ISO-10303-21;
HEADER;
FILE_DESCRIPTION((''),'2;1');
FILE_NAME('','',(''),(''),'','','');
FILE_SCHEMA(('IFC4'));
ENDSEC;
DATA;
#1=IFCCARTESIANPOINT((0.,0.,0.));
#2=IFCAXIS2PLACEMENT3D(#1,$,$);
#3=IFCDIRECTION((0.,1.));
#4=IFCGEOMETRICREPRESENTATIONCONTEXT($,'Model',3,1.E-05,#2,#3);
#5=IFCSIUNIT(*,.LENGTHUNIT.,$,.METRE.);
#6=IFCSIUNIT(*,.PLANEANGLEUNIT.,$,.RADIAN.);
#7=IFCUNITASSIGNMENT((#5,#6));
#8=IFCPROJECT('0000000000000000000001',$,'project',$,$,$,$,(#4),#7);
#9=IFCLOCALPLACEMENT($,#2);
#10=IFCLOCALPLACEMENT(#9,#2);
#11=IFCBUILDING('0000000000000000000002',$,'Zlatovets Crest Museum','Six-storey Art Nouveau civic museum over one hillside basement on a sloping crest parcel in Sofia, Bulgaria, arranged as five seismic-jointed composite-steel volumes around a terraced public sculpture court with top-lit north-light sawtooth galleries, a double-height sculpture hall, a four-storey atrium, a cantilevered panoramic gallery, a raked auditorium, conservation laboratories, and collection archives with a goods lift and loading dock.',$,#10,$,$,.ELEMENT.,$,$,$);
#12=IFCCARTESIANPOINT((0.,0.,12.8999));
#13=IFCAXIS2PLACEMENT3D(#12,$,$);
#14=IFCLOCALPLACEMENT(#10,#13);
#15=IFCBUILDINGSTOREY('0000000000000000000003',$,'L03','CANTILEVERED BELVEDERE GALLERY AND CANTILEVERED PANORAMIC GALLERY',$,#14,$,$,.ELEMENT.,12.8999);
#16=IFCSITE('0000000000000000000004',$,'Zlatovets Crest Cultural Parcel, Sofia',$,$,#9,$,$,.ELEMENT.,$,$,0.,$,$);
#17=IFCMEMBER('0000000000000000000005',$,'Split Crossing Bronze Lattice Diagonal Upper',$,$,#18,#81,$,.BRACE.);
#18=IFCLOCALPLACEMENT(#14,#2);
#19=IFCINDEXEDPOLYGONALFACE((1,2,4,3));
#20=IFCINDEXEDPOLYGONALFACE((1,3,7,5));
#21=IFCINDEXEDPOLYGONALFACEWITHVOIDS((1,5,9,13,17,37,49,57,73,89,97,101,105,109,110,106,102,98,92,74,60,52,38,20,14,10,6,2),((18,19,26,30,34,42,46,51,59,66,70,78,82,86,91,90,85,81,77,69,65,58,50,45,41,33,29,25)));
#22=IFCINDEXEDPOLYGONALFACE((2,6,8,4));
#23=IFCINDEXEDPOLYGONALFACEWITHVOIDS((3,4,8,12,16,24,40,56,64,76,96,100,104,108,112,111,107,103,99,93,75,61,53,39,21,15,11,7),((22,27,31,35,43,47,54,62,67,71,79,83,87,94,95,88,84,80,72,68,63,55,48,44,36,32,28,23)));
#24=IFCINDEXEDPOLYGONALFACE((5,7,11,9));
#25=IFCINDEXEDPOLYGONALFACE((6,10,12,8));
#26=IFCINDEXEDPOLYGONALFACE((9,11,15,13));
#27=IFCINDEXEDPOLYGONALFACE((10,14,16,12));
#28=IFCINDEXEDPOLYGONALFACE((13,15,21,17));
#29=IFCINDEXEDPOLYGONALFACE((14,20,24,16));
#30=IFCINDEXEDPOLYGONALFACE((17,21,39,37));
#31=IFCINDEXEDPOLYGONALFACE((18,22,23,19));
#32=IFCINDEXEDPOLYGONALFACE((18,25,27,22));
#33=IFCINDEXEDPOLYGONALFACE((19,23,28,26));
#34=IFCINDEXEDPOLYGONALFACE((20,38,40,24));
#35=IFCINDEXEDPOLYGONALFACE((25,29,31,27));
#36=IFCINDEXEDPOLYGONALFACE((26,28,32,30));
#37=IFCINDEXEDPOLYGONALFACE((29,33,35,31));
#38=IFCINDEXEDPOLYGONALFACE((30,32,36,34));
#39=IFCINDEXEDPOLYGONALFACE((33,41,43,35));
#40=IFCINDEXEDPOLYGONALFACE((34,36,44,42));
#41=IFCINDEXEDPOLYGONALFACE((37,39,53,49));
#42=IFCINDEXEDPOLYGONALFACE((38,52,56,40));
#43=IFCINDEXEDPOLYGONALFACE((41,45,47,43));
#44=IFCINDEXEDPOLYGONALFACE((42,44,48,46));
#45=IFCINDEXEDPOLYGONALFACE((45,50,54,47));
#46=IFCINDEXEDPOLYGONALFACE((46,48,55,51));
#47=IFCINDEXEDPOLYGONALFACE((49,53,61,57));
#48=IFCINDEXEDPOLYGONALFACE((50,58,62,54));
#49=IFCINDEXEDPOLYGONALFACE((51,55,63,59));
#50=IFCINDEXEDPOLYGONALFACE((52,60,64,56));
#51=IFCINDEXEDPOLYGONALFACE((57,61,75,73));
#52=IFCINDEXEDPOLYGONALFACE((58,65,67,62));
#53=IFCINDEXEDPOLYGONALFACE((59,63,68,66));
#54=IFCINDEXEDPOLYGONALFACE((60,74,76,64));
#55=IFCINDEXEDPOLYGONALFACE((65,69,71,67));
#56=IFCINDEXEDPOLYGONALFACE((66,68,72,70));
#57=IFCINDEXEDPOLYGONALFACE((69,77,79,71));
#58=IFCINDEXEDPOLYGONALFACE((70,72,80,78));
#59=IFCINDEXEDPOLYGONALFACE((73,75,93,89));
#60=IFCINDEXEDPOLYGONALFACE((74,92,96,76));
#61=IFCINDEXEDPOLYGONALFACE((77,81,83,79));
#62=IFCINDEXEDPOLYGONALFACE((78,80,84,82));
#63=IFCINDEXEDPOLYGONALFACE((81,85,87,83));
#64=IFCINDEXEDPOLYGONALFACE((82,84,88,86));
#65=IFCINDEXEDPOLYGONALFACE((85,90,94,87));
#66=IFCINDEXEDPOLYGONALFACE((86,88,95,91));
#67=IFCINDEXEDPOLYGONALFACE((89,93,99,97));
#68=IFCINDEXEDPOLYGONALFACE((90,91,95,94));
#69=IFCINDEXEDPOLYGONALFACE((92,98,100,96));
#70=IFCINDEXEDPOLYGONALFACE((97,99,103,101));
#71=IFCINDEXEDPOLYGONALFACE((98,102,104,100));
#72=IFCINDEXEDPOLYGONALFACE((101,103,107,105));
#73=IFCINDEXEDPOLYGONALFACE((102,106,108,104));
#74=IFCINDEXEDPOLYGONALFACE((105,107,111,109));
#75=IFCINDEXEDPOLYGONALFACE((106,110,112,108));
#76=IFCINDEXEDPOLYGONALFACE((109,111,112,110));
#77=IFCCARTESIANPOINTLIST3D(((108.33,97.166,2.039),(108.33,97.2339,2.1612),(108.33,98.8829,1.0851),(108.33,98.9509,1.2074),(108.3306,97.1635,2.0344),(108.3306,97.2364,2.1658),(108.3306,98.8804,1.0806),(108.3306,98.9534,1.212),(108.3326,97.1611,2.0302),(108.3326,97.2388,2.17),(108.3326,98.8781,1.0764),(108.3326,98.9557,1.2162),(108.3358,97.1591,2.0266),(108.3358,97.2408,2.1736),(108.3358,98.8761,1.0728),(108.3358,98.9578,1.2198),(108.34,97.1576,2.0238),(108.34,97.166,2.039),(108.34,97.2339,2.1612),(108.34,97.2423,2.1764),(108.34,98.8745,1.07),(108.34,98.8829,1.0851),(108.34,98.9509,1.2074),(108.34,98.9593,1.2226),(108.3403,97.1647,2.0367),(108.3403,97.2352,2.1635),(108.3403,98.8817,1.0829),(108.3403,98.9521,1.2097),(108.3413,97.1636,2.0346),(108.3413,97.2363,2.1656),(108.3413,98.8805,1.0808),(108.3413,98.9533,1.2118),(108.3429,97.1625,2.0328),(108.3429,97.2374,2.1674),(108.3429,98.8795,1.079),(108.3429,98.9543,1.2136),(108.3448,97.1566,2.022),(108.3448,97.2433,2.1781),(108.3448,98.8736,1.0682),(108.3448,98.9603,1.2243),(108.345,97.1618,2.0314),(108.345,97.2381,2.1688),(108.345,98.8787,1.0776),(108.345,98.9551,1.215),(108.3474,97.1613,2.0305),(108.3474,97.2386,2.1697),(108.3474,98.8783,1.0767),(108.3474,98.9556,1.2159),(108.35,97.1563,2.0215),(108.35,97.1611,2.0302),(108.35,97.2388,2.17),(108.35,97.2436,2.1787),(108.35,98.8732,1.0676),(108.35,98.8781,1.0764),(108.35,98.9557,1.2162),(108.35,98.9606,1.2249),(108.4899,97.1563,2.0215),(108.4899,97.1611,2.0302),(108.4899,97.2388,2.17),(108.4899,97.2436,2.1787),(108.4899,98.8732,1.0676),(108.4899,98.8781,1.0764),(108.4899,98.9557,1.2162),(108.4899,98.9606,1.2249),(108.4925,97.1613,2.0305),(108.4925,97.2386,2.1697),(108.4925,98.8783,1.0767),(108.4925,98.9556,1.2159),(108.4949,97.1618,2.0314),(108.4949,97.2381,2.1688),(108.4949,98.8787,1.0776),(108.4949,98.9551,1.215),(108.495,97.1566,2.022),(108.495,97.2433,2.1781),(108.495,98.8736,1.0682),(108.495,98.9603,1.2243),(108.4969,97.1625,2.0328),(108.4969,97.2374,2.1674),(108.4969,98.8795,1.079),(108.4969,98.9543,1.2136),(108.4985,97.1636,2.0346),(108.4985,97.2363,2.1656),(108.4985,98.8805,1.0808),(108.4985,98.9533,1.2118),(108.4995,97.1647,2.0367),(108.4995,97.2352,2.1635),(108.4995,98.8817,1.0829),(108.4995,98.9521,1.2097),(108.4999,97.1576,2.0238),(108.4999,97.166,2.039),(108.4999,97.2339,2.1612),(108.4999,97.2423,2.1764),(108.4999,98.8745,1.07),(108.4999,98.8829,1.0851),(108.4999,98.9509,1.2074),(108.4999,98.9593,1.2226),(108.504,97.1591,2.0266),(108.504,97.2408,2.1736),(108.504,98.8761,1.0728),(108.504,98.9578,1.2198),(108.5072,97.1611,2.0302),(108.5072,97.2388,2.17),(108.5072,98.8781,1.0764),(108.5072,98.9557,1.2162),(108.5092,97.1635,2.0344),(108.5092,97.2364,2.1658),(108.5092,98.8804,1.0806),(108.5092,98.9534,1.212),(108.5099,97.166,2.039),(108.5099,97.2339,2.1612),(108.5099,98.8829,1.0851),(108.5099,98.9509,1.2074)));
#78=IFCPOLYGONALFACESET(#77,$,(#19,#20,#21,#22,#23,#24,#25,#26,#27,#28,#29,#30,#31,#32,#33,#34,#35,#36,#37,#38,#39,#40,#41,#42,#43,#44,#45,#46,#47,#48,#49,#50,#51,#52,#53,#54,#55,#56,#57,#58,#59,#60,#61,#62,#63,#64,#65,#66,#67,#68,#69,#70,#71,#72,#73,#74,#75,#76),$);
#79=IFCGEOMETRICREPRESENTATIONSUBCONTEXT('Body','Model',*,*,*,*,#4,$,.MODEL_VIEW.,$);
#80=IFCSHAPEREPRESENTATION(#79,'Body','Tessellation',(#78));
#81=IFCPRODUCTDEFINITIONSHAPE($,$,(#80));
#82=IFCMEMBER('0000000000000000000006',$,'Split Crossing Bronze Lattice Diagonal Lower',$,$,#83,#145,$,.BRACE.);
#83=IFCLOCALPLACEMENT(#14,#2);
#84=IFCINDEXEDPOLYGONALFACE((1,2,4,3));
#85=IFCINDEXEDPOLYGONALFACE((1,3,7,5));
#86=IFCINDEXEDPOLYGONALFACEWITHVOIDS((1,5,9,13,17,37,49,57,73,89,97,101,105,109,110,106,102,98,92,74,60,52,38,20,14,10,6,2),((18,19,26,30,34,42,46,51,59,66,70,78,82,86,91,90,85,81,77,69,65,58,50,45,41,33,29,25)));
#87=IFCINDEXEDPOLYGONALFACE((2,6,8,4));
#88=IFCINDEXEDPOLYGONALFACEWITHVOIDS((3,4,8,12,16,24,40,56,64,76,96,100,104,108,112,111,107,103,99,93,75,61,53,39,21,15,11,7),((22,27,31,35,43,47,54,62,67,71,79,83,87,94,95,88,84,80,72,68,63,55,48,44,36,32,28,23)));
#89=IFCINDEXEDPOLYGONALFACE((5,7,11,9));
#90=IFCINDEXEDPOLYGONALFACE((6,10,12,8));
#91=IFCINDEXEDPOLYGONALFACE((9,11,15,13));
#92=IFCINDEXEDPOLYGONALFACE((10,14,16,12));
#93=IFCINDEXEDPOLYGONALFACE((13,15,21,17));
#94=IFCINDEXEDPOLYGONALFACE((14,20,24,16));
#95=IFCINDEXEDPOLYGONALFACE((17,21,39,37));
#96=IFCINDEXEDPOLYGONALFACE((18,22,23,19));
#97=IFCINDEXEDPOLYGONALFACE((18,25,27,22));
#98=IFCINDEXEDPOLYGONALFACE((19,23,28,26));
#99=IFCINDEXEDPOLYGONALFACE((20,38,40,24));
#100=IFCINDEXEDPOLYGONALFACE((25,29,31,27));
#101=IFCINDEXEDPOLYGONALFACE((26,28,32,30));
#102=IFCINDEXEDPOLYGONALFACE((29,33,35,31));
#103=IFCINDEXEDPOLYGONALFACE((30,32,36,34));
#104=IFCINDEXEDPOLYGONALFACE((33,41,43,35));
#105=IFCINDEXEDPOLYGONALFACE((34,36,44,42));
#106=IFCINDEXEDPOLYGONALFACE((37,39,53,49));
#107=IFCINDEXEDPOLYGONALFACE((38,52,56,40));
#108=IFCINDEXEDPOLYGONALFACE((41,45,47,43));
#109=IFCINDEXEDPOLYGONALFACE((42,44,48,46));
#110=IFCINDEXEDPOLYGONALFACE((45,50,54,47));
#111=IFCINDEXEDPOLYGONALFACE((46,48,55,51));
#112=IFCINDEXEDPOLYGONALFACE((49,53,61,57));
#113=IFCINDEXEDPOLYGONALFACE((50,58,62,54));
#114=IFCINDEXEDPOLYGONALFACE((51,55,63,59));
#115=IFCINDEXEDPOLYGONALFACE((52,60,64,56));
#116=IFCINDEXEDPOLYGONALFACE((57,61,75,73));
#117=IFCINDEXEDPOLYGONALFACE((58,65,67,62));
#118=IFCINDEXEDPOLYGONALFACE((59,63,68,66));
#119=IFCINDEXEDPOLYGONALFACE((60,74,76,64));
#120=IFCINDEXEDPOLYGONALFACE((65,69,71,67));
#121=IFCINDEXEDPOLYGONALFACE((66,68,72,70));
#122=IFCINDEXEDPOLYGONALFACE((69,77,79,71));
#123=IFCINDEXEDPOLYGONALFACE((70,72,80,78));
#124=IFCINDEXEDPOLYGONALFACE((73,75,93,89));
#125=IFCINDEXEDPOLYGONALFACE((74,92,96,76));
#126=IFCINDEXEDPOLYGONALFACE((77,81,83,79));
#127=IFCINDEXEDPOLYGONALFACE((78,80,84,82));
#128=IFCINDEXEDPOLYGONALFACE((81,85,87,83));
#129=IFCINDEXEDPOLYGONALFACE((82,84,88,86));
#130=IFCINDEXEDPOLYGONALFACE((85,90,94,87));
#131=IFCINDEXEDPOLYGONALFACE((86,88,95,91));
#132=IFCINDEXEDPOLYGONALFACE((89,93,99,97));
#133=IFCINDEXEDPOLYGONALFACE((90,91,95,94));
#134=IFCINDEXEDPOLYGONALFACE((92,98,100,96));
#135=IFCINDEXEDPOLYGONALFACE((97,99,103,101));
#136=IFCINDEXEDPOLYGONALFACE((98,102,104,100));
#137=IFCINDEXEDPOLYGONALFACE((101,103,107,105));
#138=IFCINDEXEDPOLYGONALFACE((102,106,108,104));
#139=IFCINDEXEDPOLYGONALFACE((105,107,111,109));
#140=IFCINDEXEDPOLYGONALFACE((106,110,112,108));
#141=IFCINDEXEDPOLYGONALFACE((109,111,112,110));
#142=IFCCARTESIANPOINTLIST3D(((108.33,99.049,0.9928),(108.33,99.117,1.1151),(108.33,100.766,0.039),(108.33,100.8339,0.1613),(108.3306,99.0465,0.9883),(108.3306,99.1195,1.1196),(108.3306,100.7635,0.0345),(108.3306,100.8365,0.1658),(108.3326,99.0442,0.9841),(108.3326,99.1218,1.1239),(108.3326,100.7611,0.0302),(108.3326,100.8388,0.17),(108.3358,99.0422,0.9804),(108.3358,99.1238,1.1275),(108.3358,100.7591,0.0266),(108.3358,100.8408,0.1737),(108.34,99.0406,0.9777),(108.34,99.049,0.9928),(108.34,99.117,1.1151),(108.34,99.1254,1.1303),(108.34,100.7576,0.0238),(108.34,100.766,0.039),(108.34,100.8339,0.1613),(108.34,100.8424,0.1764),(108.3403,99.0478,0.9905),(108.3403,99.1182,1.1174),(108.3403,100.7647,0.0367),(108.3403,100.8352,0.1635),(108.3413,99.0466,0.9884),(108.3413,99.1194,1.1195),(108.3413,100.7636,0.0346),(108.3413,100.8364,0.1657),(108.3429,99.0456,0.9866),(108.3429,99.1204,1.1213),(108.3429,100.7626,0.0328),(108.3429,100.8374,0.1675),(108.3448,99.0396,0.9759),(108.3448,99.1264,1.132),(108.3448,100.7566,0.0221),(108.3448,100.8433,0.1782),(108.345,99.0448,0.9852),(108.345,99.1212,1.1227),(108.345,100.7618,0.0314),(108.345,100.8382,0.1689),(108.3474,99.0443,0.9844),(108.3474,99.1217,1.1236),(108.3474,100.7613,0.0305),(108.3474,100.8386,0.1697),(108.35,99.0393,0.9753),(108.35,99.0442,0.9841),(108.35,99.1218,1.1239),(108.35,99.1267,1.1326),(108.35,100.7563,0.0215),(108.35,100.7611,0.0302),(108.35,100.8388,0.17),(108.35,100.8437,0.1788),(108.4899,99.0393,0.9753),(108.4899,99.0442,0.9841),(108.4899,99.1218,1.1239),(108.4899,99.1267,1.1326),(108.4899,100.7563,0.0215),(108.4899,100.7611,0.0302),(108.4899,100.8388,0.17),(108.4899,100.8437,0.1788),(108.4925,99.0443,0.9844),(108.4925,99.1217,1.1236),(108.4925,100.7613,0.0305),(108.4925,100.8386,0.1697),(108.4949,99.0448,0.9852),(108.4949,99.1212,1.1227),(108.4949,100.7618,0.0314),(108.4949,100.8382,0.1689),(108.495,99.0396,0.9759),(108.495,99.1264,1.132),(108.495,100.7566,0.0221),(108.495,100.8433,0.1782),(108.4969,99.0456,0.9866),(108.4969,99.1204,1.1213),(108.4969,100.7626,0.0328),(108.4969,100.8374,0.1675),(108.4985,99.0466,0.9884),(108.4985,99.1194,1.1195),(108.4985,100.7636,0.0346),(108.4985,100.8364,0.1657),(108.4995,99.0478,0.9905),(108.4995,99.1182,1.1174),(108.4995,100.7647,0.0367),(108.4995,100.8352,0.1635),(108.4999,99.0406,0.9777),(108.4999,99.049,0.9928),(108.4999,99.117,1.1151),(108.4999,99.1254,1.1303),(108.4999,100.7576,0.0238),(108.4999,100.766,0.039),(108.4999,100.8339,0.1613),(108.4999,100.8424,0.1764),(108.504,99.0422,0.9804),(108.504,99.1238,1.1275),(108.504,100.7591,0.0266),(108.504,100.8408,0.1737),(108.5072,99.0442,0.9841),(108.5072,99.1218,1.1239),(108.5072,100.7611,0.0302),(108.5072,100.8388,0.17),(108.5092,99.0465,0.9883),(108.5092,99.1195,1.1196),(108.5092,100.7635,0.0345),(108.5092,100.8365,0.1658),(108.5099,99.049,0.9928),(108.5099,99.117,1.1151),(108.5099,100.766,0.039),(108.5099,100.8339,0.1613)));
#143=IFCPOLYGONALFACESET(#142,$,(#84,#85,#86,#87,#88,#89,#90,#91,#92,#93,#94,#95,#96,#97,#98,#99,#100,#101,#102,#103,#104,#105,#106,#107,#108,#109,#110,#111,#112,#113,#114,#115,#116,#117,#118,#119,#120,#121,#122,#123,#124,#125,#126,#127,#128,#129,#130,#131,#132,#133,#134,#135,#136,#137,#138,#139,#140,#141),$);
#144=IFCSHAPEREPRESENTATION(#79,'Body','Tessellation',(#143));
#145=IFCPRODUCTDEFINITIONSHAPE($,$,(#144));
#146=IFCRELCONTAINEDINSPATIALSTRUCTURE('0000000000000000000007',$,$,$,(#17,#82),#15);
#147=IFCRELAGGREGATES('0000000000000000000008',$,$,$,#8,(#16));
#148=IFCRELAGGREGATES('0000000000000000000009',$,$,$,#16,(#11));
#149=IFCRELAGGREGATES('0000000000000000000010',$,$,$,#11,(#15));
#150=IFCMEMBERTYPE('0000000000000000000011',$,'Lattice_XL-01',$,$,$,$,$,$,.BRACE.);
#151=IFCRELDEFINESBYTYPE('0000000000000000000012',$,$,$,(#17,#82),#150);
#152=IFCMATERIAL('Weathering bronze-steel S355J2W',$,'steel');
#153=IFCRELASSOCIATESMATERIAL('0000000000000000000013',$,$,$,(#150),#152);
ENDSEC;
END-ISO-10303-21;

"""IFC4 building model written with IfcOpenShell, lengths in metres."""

from ifc_helpers import new_model, si_unit, direction, frame, origin, origin_2d, place, context, subcontext, project, spatial, hollow_rectangle, extrude, material, material_profile, profile_set, type_object, element, save


model = new_model("IFC4")

# Units and contexts
model_context = context("Model", 3, precision=1e-05, world=origin(), true_north=direction((0.0, 1.0)))
body_context = subcontext(model_context, "Body", "Model", "MODEL_VIEW")
ifc_project = project(units=[si_unit("LENGTHUNIT", "METRE"), si_unit("PLANEANGLEUNIT", "RADIAN")], contexts=[model_context])

# Site, building, storey
site_placement = place(None, origin())
site = spatial("IfcSite", under=ifc_project, at=site_placement, Name="Zlatovets Crest Cultural Parcel, Sofia", CompositionType="ELEMENT", RefElevation=0.0)
building_placement = place(site_placement, origin())
building = spatial("IfcBuilding", under=site, at=building_placement, Name="Zlatovets Crest Museum", Description="Six-storey Art Nouveau civic museum over one hillside basement on a sloping crest parcel in Sofia, Bulgaria, arranged as five seismic-jointed composite-steel volumes around a terraced public sculpture court with top-lit north-light sawtooth galleries, a double-height sculpture hall, a four-storey atrium, a cantilevered panoramic gallery, a raked auditorium, conservation laboratories, and collection archives with a goods lift and loading dock.", CompositionType="ELEMENT")
storey_placement = place(building_placement, frame((0.0, 0.0, 12.8999)))
storey = spatial("IfcBuildingStorey", under=building, at=storey_placement, Name="L03", Description="CANTILEVERED BELVEDERE GALLERY AND CANTILEVERED PANORAMIC GALLERY", CompositionType="ELEMENT", Elevation=12.8999)

# Members
ifc_material_1 = material(Name="Weathering bronze-steel S355J2W", Category="steel")
ifc_material_profile_1 = material_profile(ifc_material_1, hollow_rectangle(XDim=0.1799, YDim=0.1799, WallThickness=0.01, InnerFilletRadius=0.01, OuterFilletRadius=0.02, at=origin_2d()), Name="SHS 180x180x10.0")
ifc_profile_set_1 = profile_set([ifc_material_profile_1], Name="Weathering bronze-steel S355J2W")
member_type_1 = type_object("IfcMemberType", Name="Lattice_XL-01", PredefinedType="BRACE", material=ifc_profile_set_1)
for number, where, z_axis, x_axis, name in (
    (1, (108.4199, 97.2, 2.1001), (0.0, 0.874169, -0.485622), (-1.0, 0.0, 0.0), "Split Crossing Bronze Lattice Diagonal Upper"),
    (2, (108.4199, 99.083, 1.054), (0.0, 0.874169, -0.485622), (-1.0, 0.0, 0.0), "Split Crossing Bronze Lattice Diagonal Lower"),
):
    element("IfcMember", number, at=place(storey_placement, frame(where, z_axis=z_axis, x_axis=x_axis)), inside=storey, type_object=member_type_1, Name=name, PredefinedType="BRACE", context=body_context, shape_type="SweptSolid", body=[
        extrude(hollow_rectangle(XDim=0.1799, YDim=0.1799, WallThickness=0.01, InnerFilletRadius=0.01, OuterFilletRadius=0.02, at=origin_2d()), origin(), (0.0, 0.0, 1.0), 1.9641),
    ])

save(model, "model.ifc")
